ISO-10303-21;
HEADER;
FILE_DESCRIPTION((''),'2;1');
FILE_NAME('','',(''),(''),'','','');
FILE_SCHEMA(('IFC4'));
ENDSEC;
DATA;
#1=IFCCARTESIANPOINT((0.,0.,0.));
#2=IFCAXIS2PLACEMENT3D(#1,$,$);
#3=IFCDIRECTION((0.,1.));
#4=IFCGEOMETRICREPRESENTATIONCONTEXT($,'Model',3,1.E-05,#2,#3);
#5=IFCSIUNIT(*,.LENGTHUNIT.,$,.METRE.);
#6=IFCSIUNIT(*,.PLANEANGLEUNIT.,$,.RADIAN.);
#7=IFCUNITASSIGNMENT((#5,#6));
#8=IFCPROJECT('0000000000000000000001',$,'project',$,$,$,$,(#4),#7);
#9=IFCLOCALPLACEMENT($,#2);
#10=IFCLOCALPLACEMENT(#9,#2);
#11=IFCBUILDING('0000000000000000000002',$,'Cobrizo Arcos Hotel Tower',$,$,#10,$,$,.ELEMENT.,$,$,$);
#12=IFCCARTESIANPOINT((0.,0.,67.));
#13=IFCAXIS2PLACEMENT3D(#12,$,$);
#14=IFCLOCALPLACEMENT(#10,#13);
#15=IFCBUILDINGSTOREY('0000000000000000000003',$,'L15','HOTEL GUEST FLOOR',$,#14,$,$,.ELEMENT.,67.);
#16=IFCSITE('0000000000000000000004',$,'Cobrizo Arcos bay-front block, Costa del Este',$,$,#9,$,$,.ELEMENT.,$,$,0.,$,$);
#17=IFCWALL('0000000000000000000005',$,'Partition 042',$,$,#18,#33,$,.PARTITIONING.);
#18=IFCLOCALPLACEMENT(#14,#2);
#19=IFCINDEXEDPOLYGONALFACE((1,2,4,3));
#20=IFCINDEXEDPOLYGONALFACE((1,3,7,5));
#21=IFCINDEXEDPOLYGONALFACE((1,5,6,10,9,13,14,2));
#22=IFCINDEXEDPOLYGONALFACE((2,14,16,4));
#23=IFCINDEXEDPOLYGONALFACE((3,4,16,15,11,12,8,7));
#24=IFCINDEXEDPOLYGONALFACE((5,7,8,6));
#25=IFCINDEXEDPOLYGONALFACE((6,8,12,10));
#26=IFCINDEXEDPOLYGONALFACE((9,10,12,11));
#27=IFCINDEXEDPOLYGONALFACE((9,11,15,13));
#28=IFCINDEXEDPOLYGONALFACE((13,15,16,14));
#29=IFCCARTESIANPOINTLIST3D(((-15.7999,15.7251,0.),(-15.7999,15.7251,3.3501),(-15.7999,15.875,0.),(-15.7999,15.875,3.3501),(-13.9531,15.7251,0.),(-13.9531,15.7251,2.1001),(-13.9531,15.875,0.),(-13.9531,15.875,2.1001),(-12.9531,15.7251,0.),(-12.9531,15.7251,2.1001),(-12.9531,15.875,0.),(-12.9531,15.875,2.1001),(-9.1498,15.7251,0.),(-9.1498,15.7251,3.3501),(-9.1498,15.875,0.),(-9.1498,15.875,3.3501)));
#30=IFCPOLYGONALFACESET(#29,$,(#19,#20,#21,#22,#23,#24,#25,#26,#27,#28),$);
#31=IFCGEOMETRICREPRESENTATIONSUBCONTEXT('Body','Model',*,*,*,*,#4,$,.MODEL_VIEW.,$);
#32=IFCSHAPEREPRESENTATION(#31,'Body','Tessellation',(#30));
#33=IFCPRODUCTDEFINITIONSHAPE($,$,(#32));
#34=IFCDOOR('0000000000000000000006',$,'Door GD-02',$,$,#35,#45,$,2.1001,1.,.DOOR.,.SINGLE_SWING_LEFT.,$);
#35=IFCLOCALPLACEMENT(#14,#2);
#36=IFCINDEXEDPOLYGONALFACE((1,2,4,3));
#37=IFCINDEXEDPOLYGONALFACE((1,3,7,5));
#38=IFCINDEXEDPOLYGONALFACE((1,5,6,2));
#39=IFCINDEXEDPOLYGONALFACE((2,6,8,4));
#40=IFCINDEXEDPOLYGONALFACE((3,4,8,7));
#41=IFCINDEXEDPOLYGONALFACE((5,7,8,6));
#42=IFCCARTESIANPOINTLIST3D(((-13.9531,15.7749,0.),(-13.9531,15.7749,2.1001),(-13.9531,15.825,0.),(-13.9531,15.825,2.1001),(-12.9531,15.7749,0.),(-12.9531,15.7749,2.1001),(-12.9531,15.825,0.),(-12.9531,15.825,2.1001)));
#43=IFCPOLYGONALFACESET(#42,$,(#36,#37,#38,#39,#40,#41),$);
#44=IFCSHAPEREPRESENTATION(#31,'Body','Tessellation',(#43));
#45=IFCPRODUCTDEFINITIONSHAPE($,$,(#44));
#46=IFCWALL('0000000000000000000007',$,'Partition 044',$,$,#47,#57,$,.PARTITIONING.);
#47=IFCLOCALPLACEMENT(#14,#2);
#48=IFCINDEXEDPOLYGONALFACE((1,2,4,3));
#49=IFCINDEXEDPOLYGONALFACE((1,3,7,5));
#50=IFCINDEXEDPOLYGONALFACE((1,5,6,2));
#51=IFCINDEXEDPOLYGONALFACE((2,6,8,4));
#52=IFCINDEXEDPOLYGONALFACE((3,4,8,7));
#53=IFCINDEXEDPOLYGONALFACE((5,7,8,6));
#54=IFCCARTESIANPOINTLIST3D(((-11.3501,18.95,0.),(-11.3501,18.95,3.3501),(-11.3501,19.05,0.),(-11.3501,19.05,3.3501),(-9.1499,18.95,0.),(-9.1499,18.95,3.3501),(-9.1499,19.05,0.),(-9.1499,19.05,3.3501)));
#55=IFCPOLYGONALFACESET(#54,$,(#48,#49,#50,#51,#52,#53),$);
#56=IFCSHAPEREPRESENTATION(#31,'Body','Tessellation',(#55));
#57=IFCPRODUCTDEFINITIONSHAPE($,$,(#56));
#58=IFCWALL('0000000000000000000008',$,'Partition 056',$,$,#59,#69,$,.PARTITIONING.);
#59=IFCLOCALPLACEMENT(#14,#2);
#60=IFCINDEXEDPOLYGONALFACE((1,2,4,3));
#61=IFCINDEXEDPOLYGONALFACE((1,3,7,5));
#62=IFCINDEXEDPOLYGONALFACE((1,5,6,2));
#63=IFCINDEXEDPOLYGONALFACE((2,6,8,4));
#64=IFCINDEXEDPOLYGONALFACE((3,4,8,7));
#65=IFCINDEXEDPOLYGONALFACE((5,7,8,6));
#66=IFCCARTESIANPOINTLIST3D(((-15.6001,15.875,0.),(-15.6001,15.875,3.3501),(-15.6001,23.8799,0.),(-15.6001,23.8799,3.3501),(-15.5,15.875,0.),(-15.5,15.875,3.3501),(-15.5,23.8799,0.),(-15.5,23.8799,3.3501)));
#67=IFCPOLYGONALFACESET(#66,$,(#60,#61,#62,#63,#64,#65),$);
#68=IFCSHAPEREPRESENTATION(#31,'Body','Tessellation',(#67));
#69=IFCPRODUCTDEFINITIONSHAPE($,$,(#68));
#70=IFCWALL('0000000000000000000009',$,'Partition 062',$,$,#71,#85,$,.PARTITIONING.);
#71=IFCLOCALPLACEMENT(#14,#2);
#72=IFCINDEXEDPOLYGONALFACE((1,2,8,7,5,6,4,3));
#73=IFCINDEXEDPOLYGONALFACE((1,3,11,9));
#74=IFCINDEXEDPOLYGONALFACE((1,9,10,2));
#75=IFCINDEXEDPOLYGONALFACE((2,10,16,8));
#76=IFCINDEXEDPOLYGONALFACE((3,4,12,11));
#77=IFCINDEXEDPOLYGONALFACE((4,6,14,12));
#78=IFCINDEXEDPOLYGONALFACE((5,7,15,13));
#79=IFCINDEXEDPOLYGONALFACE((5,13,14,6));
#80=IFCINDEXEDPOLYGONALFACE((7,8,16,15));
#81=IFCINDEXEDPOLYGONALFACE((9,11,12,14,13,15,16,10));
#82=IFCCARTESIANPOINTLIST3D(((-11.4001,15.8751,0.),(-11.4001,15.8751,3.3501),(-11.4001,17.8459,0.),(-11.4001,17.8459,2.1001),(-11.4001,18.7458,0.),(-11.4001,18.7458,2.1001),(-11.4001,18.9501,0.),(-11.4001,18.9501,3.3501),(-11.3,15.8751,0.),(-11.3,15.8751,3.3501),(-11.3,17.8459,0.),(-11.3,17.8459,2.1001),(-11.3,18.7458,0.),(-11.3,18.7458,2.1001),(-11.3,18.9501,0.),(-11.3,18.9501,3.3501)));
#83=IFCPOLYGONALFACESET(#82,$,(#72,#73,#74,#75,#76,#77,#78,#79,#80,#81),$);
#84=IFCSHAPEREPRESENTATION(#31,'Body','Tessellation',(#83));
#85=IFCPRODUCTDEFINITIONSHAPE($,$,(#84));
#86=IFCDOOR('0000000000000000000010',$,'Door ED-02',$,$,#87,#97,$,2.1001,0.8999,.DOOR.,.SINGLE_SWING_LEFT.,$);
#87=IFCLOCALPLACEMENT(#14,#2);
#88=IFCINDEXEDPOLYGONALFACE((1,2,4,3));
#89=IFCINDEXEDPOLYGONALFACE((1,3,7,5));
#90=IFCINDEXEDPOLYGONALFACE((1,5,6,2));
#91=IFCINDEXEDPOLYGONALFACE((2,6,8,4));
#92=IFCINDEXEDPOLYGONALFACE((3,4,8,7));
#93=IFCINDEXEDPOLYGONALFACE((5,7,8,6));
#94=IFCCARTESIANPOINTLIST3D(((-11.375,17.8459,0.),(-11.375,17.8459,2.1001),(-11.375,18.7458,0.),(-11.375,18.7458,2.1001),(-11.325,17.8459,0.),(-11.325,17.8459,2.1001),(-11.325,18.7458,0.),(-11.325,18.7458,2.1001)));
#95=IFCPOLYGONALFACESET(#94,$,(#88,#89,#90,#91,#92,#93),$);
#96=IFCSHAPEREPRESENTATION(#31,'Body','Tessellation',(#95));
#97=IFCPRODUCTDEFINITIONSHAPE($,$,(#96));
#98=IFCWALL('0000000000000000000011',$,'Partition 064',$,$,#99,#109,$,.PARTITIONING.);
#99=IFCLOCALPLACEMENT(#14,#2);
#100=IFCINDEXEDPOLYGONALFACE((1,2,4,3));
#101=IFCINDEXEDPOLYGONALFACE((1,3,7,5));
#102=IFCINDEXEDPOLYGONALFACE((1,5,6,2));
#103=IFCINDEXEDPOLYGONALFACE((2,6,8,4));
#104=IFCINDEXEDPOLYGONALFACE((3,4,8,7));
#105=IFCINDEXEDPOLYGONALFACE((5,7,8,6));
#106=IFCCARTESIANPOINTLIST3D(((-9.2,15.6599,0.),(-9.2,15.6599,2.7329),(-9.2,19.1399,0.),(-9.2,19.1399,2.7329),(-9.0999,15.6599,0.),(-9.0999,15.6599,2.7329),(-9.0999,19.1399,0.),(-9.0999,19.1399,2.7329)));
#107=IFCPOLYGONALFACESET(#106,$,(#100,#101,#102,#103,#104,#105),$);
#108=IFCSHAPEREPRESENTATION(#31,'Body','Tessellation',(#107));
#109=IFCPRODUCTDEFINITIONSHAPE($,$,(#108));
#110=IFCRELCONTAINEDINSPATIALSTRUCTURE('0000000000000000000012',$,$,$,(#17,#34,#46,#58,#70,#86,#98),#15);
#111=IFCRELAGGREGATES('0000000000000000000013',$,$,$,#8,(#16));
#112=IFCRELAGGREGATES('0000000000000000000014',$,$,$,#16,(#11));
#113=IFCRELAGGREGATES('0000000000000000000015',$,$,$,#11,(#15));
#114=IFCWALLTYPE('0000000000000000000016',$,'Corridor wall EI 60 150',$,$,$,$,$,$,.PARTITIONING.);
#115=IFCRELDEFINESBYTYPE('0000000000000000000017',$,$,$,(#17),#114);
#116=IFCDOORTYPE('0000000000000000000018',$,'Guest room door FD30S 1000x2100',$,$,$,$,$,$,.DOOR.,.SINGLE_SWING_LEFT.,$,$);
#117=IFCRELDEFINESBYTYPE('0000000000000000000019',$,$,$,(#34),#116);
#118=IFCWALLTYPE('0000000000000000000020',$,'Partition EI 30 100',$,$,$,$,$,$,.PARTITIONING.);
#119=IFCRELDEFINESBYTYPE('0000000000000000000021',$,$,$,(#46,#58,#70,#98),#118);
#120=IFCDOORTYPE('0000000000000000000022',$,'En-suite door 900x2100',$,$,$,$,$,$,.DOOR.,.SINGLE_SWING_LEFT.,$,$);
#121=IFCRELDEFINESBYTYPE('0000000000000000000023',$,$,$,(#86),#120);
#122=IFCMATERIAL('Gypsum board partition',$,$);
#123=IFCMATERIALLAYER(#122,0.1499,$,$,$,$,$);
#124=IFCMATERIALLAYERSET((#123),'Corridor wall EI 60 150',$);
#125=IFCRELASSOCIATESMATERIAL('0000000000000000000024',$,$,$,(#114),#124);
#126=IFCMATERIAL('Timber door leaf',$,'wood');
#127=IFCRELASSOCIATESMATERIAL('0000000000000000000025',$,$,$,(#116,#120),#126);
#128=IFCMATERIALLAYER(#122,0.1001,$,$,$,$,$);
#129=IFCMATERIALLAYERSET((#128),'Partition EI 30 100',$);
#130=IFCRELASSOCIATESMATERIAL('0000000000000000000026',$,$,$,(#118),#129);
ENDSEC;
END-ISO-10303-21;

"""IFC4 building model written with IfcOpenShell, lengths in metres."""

from ifc_helpers import new_model, si_unit, direction, frame, frame_2d, origin, place, context, subcontext, project, spatial, rectangle, extrude, material, layer, layer_set, type_object, element, fill, save


model = new_model("IFC4")

# Units and contexts
model_context = context("Model", 3, precision=1e-05, world=origin(), true_north=direction((0.0, 1.0)))
body_context = subcontext(model_context, "Body", "Model", "MODEL_VIEW")
ifc_project = project(units=[si_unit("LENGTHUNIT", "METRE"), si_unit("PLANEANGLEUNIT", "RADIAN")], contexts=[model_context])

# Site, building, storey
site_placement = place(None, origin())
site = spatial("IfcSite", under=ifc_project, at=site_placement, Name="Cobrizo Arcos bay-front block, Costa del Este", CompositionType="ELEMENT", RefElevation=0.0)
building_placement = place(site_placement, origin())
building = spatial("IfcBuilding", under=site, at=building_placement, Name="Cobrizo Arcos Hotel Tower", CompositionType="ELEMENT")
storey_placement = place(building_placement, frame((0.0, 0.0, 67.0)))
storey = spatial("IfcBuildingStorey", under=building, at=storey_placement, Name="L15", Description="HOTEL GUEST FLOOR", CompositionType="ELEMENT", Elevation=67.0)

# Wall, opening, door
ifc_material_1 = material(Name="Gypsum board partition")
ifc_layer_1 = layer(ifc_material_1, 0.1499)
ifc_layer_set_1 = layer_set([ifc_layer_1], Name="Corridor wall EI 60 150")
wall_type_1 = type_object("IfcWallType", Name="Corridor wall EI 60 150", PredefinedType="PARTITIONING", material=ifc_layer_set_1)
wall_1_placement = place(storey_placement, frame((-15.8, 15.8, 0.0), z_axis=(0.0, 0.0, 1.0), x_axis=(1.0, 0.0, 0.0)))
wall_1 = element("IfcWall", 1, at=wall_1_placement, inside=storey, type_object=wall_type_1, Name="Partition 042", PredefinedType="PARTITIONING", context=body_context, shape_type="SweptSolid", body=[
    extrude(rectangle(XDim=6.6501, YDim=0.1499, at=frame_2d((3.3252, 0.0))), origin(), (0.0, 0.0, 1.0), 3.3501),
])
opening_1_placement = place(wall_1_placement, frame((1.8469, 0.0, 0.0)))
opening_1 = element("IfcOpeningElement", 2, at=opening_1_placement, cuts=wall_1, PredefinedType="OPENING", context=body_context, shape_type="SweptSolid", body=[
    extrude(rectangle(XDim=1.0, YDim=2.1001, at=frame_2d((0.5, 1.05))), frame((0.0, 0.0869, 0.0), z_axis=(0.0, -1.0, 0.0), x_axis=(1.0, 0.0, 0.0)), (0.0, 0.0, 1.0), 0.1738),
])
ifc_material_2 = material(Name="Timber door leaf", Category="wood")
door_type_1 = type_object("IfcDoorType", Name="Guest room door FD30S 1000x2100", OperationType="SINGLE_SWING_LEFT", PredefinedType="DOOR", material=ifc_material_2)
door_1_placement = place(opening_1_placement, origin())
door_1 = element("IfcDoor", 3, at=door_1_placement, inside=storey, type_object=door_type_1, Name="Door GD-02", OperationType="SINGLE_SWING_LEFT", OverallHeight=2.1001, OverallWidth=1.0, PredefinedType="DOOR", context=body_context, shape_type="SweptSolid", body=[
    extrude(rectangle(XDim=1.0, YDim=2.1001, at=frame_2d((0.5, 1.05))), frame((0.0, 0.0249, 0.0), z_axis=(0.0, -1.0, 0.0), x_axis=(1.0, 0.0, 0.0)), (0.0, 0.0, 1.0), 0.05),
])
fill(opening_1, door_1)

# Walls
ifc_layer_2 = layer(ifc_material_1, 0.1001)
ifc_layer_set_2 = layer_set([ifc_layer_2], Name="Partition EI 30 100")
wall_type_2 = type_object("IfcWallType", Name="Partition EI 30 100", PredefinedType="PARTITIONING", material=ifc_layer_set_2)
wall_2_placement = place(storey_placement, frame((-11.3501, 19.0, 0.0), z_axis=(0.0, 0.0, 1.0), x_axis=(1.0, 0.0, 0.0)))
element("IfcWall", 4, at=wall_2_placement, inside=storey, type_object=wall_type_2, Name="Partition 044", PredefinedType="PARTITIONING", context=body_context, shape_type="SweptSolid", body=[
    extrude(rectangle(XDim=2.2002, YDim=0.1001, at=frame_2d((1.1001, 0.0))), origin(), (0.0, 0.0, 1.0), 3.3501),
])
wall_3_placement = place(storey_placement, frame((-15.55, 15.875, 0.0), z_axis=(0.0, 0.0, 1.0), x_axis=(0.0, 1.0, 0.0)))
element("IfcWall", 5, at=wall_3_placement, inside=storey, type_object=wall_type_2, Name="Partition 056", PredefinedType="PARTITIONING", context=body_context, shape_type="SweptSolid", body=[
    extrude(rectangle(XDim=8.0049, YDim=0.1001, at=frame_2d((4.0024, 0.0))), origin(), (0.0, 0.0, 1.0), 3.3501),
])

# Wall, opening, door
wall_4_placement = place(storey_placement, frame((-11.3501, 15.875, 0.0), z_axis=(0.0, 0.0, 1.0), x_axis=(0.0, 1.0, 0.0)))
wall_4 = element("IfcWall", 6, at=wall_4_placement, inside=storey, type_object=wall_type_2, Name="Partition 062", PredefinedType="PARTITIONING", context=body_context, shape_type="SweptSolid", body=[
    extrude(rectangle(XDim=3.075, YDim=0.1001, at=frame_2d((1.5376, 0.0))), origin(), (0.0, 0.0, 1.0), 3.3501),
])
opening_2_placement = place(wall_4_placement, frame((1.9709, 0.0, 0.0)))
opening_2 = element("IfcOpeningElement", 7, at=opening_2_placement, cuts=wall_4, PredefinedType="OPENING", context=body_context, shape_type="SweptSolid", body=[
    extrude(rectangle(XDim=0.8999, YDim=2.1001, at=frame_2d((0.45, 1.05))), frame((0.0, 0.062, 0.0), z_axis=(0.0, -1.0, 0.0), x_axis=(1.0, 0.0, 0.0)), (0.0, 0.0, 1.0), 0.124),
])
door_type_2 = type_object("IfcDoorType", Name="En-suite door 900x2100", OperationType="SINGLE_SWING_LEFT", PredefinedType="DOOR", material=ifc_material_2)
door_2_placement = place(opening_2_placement, origin())
door_2 = element("IfcDoor", 8, at=door_2_placement, inside=storey, type_object=door_type_2, Name="Door ED-02", OperationType="SINGLE_SWING_LEFT", OverallHeight=2.1001, OverallWidth=0.8999, PredefinedType="DOOR", context=body_context, shape_type="SweptSolid", body=[
    extrude(rectangle(XDim=0.8999, YDim=2.1001, at=frame_2d((0.45, 1.05))), frame((0.0, 0.0249, 0.0), z_axis=(0.0, -1.0, 0.0), x_axis=(1.0, 0.0, 0.0)), (0.0, 0.0, 1.0), 0.05),
])
fill(opening_2, door_2)

# Wall
wall_5_placement = place(storey_placement, frame((-9.1499, 15.6599, 0.0), z_axis=(0.0, 0.0, 1.0), x_axis=(0.0, 1.0, 0.0)))
element("IfcWall", 9, at=wall_5_placement, inside=storey, type_object=wall_type_2, Name="Partition 064", PredefinedType="PARTITIONING", context=body_context, shape_type="SweptSolid", body=[
    extrude(rectangle(XDim=3.48, YDim=0.1001, at=frame_2d((1.74, 0.0))), origin(), (0.0, 0.0, 1.0), 2.7329),
])

save(model, "model.ifc")
